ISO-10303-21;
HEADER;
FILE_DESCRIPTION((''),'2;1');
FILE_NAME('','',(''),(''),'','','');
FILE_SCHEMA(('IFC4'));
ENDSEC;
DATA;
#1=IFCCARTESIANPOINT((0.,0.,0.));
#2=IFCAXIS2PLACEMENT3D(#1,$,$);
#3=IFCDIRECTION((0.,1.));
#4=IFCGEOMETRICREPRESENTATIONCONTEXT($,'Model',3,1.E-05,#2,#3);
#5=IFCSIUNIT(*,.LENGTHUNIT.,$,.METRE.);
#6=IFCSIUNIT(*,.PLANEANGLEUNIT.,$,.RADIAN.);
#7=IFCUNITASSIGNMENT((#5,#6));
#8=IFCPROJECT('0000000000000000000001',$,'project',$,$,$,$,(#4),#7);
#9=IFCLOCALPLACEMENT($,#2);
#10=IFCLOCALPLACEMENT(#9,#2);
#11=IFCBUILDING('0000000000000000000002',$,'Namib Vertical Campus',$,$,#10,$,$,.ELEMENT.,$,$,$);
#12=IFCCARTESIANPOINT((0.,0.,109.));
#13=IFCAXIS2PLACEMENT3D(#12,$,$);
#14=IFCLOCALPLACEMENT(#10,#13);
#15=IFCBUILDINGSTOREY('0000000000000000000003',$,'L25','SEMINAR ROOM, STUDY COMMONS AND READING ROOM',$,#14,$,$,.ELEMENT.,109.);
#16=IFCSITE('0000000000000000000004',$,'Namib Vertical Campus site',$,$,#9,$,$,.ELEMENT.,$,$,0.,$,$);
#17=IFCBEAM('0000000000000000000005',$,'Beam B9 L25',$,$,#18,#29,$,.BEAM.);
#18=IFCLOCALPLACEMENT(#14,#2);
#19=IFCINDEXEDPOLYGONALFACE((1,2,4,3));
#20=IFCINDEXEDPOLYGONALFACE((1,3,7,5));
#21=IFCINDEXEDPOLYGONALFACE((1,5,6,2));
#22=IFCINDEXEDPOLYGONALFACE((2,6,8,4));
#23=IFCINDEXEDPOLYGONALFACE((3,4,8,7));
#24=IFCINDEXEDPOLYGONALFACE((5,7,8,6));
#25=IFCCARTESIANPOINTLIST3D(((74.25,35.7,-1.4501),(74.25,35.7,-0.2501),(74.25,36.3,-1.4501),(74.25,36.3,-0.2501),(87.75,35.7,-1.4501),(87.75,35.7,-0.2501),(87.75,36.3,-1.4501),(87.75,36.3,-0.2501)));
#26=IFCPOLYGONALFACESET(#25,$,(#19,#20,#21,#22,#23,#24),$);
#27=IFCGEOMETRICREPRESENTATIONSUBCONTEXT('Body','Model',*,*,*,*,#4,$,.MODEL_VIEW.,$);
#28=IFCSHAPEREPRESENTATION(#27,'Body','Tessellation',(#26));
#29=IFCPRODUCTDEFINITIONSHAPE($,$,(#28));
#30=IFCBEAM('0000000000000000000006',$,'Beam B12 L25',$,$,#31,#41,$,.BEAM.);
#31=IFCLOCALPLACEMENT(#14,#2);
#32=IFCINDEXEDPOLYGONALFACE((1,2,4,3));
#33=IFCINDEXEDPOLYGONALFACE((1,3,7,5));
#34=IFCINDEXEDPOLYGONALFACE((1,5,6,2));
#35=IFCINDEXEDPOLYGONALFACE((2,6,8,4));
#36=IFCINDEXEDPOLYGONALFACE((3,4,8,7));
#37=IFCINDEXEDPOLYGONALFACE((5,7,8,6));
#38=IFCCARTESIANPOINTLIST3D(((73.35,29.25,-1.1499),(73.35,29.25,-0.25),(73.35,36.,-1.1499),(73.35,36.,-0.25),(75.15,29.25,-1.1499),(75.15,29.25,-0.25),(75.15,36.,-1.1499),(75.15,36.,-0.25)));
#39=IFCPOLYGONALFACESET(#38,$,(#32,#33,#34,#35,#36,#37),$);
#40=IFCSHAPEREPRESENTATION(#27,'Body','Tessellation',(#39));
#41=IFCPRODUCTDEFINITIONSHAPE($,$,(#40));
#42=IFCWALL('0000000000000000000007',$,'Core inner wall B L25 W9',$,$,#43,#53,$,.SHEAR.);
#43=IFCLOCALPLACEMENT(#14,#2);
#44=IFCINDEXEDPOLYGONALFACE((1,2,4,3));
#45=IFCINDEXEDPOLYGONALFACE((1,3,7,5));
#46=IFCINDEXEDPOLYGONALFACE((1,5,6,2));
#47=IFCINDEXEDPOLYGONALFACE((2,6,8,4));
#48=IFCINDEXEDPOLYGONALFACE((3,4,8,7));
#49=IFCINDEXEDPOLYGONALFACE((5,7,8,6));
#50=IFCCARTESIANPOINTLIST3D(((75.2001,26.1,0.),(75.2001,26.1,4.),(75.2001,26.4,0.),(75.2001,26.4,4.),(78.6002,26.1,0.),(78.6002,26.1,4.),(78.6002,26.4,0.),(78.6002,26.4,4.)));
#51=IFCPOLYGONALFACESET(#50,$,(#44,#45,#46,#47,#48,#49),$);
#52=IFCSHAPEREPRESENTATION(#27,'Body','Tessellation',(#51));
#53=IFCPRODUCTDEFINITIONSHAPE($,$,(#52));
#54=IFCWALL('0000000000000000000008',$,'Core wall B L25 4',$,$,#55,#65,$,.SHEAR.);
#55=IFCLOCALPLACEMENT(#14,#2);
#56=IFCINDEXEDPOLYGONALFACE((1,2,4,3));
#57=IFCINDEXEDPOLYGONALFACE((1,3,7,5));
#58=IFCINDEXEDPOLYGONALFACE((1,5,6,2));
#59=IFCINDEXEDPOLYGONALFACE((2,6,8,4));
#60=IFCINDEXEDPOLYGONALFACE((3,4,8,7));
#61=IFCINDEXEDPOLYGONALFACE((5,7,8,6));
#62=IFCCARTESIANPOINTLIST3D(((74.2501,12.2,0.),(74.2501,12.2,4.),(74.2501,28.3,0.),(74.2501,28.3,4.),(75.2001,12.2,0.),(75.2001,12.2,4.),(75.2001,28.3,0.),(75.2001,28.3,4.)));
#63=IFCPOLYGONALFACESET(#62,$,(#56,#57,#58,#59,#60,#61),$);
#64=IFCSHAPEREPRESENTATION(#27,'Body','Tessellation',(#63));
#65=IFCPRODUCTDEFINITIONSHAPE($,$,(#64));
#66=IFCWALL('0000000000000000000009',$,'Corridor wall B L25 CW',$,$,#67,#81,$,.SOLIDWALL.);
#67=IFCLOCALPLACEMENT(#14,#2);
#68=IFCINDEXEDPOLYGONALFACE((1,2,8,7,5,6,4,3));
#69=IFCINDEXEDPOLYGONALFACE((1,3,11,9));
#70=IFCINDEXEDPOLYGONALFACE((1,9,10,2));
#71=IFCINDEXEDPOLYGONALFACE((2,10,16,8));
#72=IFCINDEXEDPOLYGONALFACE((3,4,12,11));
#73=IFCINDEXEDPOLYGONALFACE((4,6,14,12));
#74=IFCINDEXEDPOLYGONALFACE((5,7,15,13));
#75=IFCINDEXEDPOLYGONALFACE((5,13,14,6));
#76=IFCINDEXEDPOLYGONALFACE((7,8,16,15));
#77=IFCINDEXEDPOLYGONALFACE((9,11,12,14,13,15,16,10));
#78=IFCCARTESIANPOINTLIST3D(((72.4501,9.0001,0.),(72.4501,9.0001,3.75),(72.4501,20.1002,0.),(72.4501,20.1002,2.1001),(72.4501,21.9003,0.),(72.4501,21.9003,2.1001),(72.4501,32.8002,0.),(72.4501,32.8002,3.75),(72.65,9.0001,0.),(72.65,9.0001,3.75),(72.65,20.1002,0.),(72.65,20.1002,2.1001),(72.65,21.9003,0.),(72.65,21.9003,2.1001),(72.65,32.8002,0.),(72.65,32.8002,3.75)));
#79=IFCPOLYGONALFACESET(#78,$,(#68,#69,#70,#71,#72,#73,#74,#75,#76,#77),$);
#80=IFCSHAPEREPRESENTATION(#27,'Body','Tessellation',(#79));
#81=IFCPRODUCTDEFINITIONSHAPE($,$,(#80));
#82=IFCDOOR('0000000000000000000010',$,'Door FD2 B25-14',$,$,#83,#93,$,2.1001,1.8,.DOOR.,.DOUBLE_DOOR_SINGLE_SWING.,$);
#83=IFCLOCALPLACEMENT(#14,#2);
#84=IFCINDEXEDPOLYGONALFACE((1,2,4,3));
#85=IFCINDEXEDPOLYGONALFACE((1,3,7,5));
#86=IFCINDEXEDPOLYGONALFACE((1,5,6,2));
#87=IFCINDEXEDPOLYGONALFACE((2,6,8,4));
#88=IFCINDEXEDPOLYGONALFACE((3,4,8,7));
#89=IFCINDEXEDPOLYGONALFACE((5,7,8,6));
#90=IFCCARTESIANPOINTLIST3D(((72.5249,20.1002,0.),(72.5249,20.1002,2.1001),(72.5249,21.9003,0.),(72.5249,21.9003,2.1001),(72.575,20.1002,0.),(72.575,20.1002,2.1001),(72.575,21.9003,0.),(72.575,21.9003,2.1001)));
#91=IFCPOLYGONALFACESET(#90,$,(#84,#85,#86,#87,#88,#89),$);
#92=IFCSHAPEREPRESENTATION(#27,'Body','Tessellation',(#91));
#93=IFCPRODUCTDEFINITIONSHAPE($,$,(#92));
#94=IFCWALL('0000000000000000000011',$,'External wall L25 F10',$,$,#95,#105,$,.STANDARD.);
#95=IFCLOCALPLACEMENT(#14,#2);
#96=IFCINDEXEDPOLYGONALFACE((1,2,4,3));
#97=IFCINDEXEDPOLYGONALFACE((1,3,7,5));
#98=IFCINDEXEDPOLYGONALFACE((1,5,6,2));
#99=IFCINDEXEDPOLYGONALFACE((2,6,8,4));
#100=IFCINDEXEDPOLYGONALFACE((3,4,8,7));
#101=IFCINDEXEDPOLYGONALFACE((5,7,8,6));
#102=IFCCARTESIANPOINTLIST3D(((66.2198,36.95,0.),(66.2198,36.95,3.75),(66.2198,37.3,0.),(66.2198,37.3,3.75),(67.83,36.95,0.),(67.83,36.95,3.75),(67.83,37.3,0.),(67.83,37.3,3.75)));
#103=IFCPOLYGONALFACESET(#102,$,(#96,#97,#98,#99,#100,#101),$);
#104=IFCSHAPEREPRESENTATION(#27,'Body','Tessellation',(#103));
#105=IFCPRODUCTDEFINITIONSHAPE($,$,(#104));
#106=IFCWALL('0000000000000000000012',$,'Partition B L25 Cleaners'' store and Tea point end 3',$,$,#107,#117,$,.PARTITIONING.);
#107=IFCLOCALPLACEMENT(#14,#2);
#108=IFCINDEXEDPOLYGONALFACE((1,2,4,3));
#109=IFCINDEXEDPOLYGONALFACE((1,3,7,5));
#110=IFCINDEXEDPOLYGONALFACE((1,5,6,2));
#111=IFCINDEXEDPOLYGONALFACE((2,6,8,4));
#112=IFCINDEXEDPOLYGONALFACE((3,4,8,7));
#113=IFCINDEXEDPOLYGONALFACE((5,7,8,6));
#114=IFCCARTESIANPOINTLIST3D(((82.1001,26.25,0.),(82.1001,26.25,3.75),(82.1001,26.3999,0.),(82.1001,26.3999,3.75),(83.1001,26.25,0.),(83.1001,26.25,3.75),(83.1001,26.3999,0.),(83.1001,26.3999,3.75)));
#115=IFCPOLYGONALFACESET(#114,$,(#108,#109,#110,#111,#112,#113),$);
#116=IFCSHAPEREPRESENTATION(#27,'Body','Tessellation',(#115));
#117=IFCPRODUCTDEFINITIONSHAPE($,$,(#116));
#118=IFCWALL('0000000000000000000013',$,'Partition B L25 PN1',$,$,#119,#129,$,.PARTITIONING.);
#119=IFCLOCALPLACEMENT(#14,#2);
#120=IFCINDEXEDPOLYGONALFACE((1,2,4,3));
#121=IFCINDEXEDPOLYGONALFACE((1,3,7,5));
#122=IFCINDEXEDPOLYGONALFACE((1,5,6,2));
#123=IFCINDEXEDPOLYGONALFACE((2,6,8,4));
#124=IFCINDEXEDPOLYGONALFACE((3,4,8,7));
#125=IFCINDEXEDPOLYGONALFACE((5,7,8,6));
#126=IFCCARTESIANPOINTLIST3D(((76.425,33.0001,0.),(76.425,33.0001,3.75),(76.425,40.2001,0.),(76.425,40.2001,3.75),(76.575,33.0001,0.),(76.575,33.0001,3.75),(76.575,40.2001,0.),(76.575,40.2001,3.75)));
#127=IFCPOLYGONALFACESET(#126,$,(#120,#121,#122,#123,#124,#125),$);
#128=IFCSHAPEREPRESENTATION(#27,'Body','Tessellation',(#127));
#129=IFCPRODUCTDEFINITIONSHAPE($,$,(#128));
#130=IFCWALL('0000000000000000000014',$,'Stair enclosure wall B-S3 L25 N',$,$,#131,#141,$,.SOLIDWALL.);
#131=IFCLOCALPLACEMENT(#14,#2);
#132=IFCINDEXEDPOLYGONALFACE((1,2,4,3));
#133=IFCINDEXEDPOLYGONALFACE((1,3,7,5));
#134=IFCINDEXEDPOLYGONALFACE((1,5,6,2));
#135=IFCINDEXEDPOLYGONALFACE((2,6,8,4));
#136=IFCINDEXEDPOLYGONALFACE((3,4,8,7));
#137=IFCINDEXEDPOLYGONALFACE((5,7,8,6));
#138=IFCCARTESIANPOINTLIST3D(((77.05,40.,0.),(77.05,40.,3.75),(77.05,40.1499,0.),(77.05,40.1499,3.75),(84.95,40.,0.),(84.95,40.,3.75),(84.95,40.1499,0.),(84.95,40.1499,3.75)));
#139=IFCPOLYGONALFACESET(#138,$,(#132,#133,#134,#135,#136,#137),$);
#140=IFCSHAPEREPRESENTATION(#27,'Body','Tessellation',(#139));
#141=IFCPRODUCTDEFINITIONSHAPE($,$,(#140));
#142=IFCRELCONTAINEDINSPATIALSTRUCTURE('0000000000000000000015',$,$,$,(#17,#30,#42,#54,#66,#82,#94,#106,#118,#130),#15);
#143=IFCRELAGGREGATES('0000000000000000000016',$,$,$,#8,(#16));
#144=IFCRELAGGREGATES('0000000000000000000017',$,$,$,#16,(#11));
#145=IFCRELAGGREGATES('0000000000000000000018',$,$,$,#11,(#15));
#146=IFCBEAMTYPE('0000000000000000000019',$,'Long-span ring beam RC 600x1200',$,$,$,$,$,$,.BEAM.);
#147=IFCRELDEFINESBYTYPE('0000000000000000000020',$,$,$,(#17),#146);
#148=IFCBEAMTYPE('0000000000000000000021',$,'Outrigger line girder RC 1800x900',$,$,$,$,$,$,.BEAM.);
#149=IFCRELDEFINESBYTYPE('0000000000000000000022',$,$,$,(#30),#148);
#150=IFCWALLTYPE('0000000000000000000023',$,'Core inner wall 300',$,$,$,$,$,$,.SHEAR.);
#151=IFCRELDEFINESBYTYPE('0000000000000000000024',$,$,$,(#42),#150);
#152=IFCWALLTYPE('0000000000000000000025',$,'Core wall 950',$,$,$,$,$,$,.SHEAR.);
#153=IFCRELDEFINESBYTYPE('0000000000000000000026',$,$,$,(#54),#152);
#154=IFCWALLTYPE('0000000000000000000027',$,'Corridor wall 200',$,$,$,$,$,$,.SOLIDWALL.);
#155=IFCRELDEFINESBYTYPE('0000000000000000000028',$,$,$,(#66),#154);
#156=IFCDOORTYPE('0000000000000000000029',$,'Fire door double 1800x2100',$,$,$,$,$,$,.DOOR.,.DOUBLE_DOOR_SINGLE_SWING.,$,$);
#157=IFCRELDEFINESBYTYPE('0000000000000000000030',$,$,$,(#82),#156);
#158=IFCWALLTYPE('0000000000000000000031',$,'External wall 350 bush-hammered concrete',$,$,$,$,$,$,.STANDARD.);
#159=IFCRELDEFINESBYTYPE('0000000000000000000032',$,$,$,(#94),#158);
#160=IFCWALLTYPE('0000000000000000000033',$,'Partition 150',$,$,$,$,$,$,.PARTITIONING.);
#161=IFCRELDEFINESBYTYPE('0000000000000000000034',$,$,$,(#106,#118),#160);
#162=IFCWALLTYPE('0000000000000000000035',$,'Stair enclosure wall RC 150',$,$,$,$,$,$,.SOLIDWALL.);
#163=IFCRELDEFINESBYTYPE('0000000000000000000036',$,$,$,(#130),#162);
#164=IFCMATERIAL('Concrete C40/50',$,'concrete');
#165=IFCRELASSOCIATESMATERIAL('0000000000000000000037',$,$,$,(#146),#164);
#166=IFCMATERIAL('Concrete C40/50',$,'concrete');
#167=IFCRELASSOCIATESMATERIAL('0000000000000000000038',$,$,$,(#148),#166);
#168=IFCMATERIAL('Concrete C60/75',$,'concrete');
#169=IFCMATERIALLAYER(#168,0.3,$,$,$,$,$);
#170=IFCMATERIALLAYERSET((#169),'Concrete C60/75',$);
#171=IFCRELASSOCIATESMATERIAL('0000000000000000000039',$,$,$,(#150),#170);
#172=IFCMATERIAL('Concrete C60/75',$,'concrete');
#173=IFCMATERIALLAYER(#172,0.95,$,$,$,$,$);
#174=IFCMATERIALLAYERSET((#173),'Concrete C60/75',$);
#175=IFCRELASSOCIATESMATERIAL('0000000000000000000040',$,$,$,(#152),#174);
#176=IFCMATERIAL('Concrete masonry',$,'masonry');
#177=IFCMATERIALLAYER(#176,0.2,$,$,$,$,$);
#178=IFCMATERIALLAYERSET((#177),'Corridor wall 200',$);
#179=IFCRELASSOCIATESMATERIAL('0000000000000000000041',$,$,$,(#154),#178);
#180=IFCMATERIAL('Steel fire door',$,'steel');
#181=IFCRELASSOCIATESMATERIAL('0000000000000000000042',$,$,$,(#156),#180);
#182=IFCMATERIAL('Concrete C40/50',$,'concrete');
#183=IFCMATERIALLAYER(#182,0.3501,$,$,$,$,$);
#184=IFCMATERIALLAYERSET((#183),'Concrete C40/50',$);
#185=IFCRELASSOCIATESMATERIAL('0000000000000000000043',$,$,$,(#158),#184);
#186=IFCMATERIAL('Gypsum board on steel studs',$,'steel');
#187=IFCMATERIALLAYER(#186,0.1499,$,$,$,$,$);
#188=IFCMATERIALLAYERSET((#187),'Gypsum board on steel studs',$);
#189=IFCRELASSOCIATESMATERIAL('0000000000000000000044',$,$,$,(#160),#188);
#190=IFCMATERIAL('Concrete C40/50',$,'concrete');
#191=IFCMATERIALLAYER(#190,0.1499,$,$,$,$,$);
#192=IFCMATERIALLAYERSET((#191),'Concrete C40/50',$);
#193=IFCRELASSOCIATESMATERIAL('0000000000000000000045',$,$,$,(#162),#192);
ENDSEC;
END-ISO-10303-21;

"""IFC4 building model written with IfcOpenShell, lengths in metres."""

from ifc_helpers import new_model, si_unit, direction, frame, frame_2d, origin, origin_2d, place, context, subcontext, project, spatial, rectangle, extrude, material, layer, layer_set, material_profile, profile_set, type_object, element, fill, save


model = new_model("IFC4")

# Units and contexts
model_context = context("Model", 3, precision=1e-05, world=origin(), true_north=direction((0.0, 1.0)))
body_context = subcontext(model_context, "Body", "Model", "MODEL_VIEW")
ifc_project = project(units=[si_unit("LENGTHUNIT", "METRE"), si_unit("PLANEANGLEUNIT", "RADIAN")], contexts=[model_context])

# Site, building, storey
site_placement = place(None, origin())
site = spatial("IfcSite", under=ifc_project, at=site_placement, Name="Namib Vertical Campus site", CompositionType="ELEMENT", RefElevation=0.0)
building_placement = place(site_placement, origin())
building = spatial("IfcBuilding", under=site, at=building_placement, Name="Namib Vertical Campus", CompositionType="ELEMENT")
storey_placement = place(building_placement, frame((0.0, 0.0, 109.0)))
storey = spatial("IfcBuildingStorey", under=building, at=storey_placement, Name="L25", Description="SEMINAR ROOM, STUDY COMMONS AND READING ROOM", CompositionType="ELEMENT", Elevation=109.0)

# Beams
ifc_material_1 = material(Name="Concrete C40/50", Category="concrete")
ifc_material_profile_1 = material_profile(ifc_material_1, rectangle(XDim=0.6001, YDim=1.2, at=origin_2d()))
ifc_profile_set_1 = profile_set([ifc_material_profile_1], Name="Concrete C40/50")
beam_type_1 = type_object("IfcBeamType", Name="Long-span ring beam RC 600x1200", PredefinedType="BEAM", material=ifc_profile_set_1)
beam_1_placement = place(storey_placement, frame((74.25, 36.0, -0.8501), z_axis=(1.0, 0.0, 0.0), x_axis=(0.0, 1.0, 0.0)))
element("IfcBeam", 1, at=beam_1_placement, inside=storey, type_object=beam_type_1, Name="Beam B9 L25", PredefinedType="BEAM", context=body_context, shape_type="SweptSolid", body=[
    extrude(rectangle(XDim=0.6001, YDim=1.2, at=origin_2d()), origin(), (0.0, 0.0, 1.0), 13.5),
])
ifc_material_2 = material(Name="Concrete C40/50", Category="concrete")
ifc_material_profile_2 = material_profile(ifc_material_2, rectangle(XDim=1.8, YDim=0.8999, at=origin_2d()))
ifc_profile_set_2 = profile_set([ifc_material_profile_2], Name="Concrete C40/50")
beam_type_2 = type_object("IfcBeamType", Name="Outrigger line girder RC 1800x900", PredefinedType="BEAM", material=ifc_profile_set_2)
beam_2_placement = place(storey_placement, frame((74.25, 36.0, -0.7), z_axis=(0.0, -1.0, 0.0), x_axis=(1.0, 0.0, 0.0)))
element("IfcBeam", 2, at=beam_2_placement, inside=storey, type_object=beam_type_2, Name="Beam B12 L25", PredefinedType="BEAM", context=body_context, shape_type="SweptSolid", body=[
    extrude(rectangle(XDim=1.8, YDim=0.8999, at=origin_2d()), origin(), (0.0, 0.0, 1.0), 6.75),
])

# Walls
ifc_material_3 = material(Name="Concrete C60/75", Category="concrete")
ifc_layer_1 = layer(ifc_material_3, 0.3)
ifc_layer_set_1 = layer_set([ifc_layer_1], Name="Concrete C60/75")
wall_type_1 = type_object("IfcWallType", Name="Core inner wall 300", PredefinedType="SHEAR", material=ifc_layer_set_1)
wall_1_placement = place(storey_placement, frame((75.2, 26.25, 0.0), z_axis=(0.0, 0.0, 1.0), x_axis=(1.0, 0.0, 0.0)))
element("IfcWall", 3, at=wall_1_placement, inside=storey, type_object=wall_type_1, Name="Core inner wall B L25 W9", PredefinedType="SHEAR", context=body_context, shape_type="SweptSolid", body=[
    extrude(rectangle(XDim=3.4001, YDim=0.3, at=frame_2d((1.7002, 0.0))), origin(), (0.0, 0.0, 1.0), 4.0),
])
ifc_material_4 = material(Name="Concrete C60/75", Category="concrete")
ifc_layer_2 = layer(ifc_material_4, 0.95)
ifc_layer_set_2 = layer_set([ifc_layer_2], Name="Concrete C60/75")
wall_type_2 = type_object("IfcWallType", Name="Core wall 950", PredefinedType="SHEAR", material=ifc_layer_set_2)
wall_2_placement = place(storey_placement, frame((74.7251, 28.3, 0.0), z_axis=(0.0, 0.0, 1.0), x_axis=(0.0, -1.0, 0.0)))
element("IfcWall", 4, at=wall_2_placement, inside=storey, type_object=wall_type_2, Name="Core wall B L25 4", PredefinedType="SHEAR", context=body_context, shape_type="SweptSolid", body=[
    extrude(rectangle(XDim=16.1001, YDim=0.95, at=frame_2d((8.05, 0.0))), origin(), (0.0, 0.0, 1.0), 4.0),
])

# Wall, opening, door
ifc_material_5 = material(Name="Concrete masonry", Category="masonry")
ifc_layer_3 = layer(ifc_material_5, 0.2)
ifc_layer_set_3 = layer_set([ifc_layer_3], Name="Corridor wall 200")
wall_type_3 = type_object("IfcWallType", Name="Corridor wall 200", PredefinedType="SOLIDWALL", material=ifc_layer_set_3)
wall_3_placement = place(storey_placement, frame((72.55, 32.8, 0.0), z_axis=(0.0, 0.0, 1.0), x_axis=(0.0, -1.0, 0.0)))
wall_3 = element("IfcWall", 5, at=wall_3_placement, inside=storey, type_object=wall_type_3, Name="Corridor wall B L25 CW", PredefinedType="SOLIDWALL", context=body_context, shape_type="SweptSolid", body=[
    extrude(rectangle(XDim=23.8, YDim=0.2, at=frame_2d((11.8999, 0.0))), origin(), (0.0, 0.0, 1.0), 3.75),
])
opening_1_placement = place(wall_3_placement, frame((10.8999, 0.0, 0.0)))
opening_1 = element("IfcOpeningElement", 6, at=opening_1_placement, cuts=wall_3, PredefinedType="OPENING", context=body_context, shape_type="SweptSolid", body=[
    extrude(rectangle(XDim=1.8, YDim=2.1001, at=frame_2d((0.8999, 1.05))), frame((0.0, 0.1099, 0.0), z_axis=(0.0, -1.0, 0.0), x_axis=(1.0, 0.0, 0.0)), (0.0, 0.0, 1.0), 0.22),
])
ifc_material_6 = material(Name="Steel fire door", Category="steel")
door_type_1 = type_object("IfcDoorType", Name="Fire door double 1800x2100", OperationType="DOUBLE_DOOR_SINGLE_SWING", PredefinedType="DOOR", material=ifc_material_6)
door_1_placement = place(opening_1_placement, origin())
door_1 = element("IfcDoor", 7, at=door_1_placement, inside=storey, type_object=door_type_1, Name="Door FD2 B25-14", OperationType="DOUBLE_DOOR_SINGLE_SWING", OverallHeight=2.1001, OverallWidth=1.8, PredefinedType="DOOR", context=body_context, shape_type="SweptSolid", body=[
    extrude(rectangle(XDim=1.8, YDim=2.1001, at=frame_2d((0.8999, 1.05))), frame((0.0, 0.0249, 0.0), z_axis=(0.0, -1.0, 0.0), x_axis=(1.0, 0.0, 0.0)), (0.0, 0.0, 1.0), 0.05),
])
fill(opening_1, door_1)

# Walls
ifc_material_7 = material(Name="Concrete C40/50", Category="concrete")
ifc_layer_4 = layer(ifc_material_7, 0.3501)
ifc_layer_set_4 = layer_set([ifc_layer_4], Name="Concrete C40/50")
wall_type_4 = type_object("IfcWallType", Name="External wall 350 bush-hammered concrete", PredefinedType="STANDARD", material=ifc_layer_set_4)
wall_4_placement = place(storey_placement, frame((67.8301, 37.125, 0.0), z_axis=(0.0, 0.0, 1.0), x_axis=(-1.0, 0.0, 0.0)))
element("IfcWall", 8, at=wall_4_placement, inside=storey, type_object=wall_type_4, Name="External wall L25 F10", PredefinedType="STANDARD", context=body_context, shape_type="SweptSolid", body=[
    extrude(rectangle(XDim=1.6101, YDim=0.3501, at=frame_2d((0.8052, 0.0))), origin(), (0.0, 0.0, 1.0), 3.75),
])
ifc_material_8 = material(Name="Gypsum board on steel studs", Category="steel")
ifc_layer_5 = layer(ifc_material_8, 0.1499)
ifc_layer_set_5 = layer_set([ifc_layer_5], Name="Gypsum board on steel studs")
wall_type_5 = type_object("IfcWallType", Name="Partition 150", PredefinedType="PARTITIONING", material=ifc_layer_set_5)
wall_5_placement = place(storey_placement, frame((82.1001, 26.325, 0.0), z_axis=(0.0, 0.0, 1.0), x_axis=(1.0, 0.0, 0.0)))
element("IfcWall", 9, at=wall_5_placement, inside=storey, type_object=wall_type_5, Name="Partition B L25 Cleaners' store and Tea point end 3", PredefinedType="PARTITIONING", context=body_context, shape_type="SweptSolid", body=[
    extrude(rectangle(XDim=1.0, YDim=0.1499, at=frame_2d((0.5, 0.0))), origin(), (0.0, 0.0, 1.0), 3.75),
])
wall_6_placement = place(storey_placement, frame((76.5, 33.0, 0.0), z_axis=(0.0, 0.0, 1.0), x_axis=(0.0, 1.0, 0.0)))
element("IfcWall", 10, at=wall_6_placement, inside=storey, type_object=wall_type_5, Name="Partition B L25 PN1", PredefinedType="PARTITIONING", context=body_context, shape_type="SweptSolid", body=[
    extrude(rectangle(XDim=7.2, YDim=0.1499, at=frame_2d((3.6001, 0.0))), origin(), (0.0, 0.0, 1.0), 3.75),
])
ifc_material_9 = material(Name="Concrete C40/50", Category="concrete")
ifc_layer_6 = layer(ifc_material_9, 0.1499)
ifc_layer_set_6 = layer_set([ifc_layer_6], Name="Concrete C40/50")
wall_type_6 = type_object("IfcWallType", Name="Stair enclosure wall RC 150", PredefinedType="SOLIDWALL", material=ifc_layer_set_6)
wall_7_placement = place(storey_placement, frame((77.05, 40.075, 0.0), z_axis=(0.0, 0.0, 1.0), x_axis=(1.0, 0.0, 0.0)))
element("IfcWall", 11, at=wall_7_placement, inside=storey, type_object=wall_type_6, Name="Stair enclosure wall B-S3 L25 N", PredefinedType="SOLIDWALL", context=body_context, shape_type="SweptSolid", body=[
    extrude(rectangle(XDim=7.8999, YDim=0.1499, at=frame_2d((3.95, 0.0))), origin(), (0.0, 0.0, 1.0), 3.75),
])

save(model, "model.ifc")
